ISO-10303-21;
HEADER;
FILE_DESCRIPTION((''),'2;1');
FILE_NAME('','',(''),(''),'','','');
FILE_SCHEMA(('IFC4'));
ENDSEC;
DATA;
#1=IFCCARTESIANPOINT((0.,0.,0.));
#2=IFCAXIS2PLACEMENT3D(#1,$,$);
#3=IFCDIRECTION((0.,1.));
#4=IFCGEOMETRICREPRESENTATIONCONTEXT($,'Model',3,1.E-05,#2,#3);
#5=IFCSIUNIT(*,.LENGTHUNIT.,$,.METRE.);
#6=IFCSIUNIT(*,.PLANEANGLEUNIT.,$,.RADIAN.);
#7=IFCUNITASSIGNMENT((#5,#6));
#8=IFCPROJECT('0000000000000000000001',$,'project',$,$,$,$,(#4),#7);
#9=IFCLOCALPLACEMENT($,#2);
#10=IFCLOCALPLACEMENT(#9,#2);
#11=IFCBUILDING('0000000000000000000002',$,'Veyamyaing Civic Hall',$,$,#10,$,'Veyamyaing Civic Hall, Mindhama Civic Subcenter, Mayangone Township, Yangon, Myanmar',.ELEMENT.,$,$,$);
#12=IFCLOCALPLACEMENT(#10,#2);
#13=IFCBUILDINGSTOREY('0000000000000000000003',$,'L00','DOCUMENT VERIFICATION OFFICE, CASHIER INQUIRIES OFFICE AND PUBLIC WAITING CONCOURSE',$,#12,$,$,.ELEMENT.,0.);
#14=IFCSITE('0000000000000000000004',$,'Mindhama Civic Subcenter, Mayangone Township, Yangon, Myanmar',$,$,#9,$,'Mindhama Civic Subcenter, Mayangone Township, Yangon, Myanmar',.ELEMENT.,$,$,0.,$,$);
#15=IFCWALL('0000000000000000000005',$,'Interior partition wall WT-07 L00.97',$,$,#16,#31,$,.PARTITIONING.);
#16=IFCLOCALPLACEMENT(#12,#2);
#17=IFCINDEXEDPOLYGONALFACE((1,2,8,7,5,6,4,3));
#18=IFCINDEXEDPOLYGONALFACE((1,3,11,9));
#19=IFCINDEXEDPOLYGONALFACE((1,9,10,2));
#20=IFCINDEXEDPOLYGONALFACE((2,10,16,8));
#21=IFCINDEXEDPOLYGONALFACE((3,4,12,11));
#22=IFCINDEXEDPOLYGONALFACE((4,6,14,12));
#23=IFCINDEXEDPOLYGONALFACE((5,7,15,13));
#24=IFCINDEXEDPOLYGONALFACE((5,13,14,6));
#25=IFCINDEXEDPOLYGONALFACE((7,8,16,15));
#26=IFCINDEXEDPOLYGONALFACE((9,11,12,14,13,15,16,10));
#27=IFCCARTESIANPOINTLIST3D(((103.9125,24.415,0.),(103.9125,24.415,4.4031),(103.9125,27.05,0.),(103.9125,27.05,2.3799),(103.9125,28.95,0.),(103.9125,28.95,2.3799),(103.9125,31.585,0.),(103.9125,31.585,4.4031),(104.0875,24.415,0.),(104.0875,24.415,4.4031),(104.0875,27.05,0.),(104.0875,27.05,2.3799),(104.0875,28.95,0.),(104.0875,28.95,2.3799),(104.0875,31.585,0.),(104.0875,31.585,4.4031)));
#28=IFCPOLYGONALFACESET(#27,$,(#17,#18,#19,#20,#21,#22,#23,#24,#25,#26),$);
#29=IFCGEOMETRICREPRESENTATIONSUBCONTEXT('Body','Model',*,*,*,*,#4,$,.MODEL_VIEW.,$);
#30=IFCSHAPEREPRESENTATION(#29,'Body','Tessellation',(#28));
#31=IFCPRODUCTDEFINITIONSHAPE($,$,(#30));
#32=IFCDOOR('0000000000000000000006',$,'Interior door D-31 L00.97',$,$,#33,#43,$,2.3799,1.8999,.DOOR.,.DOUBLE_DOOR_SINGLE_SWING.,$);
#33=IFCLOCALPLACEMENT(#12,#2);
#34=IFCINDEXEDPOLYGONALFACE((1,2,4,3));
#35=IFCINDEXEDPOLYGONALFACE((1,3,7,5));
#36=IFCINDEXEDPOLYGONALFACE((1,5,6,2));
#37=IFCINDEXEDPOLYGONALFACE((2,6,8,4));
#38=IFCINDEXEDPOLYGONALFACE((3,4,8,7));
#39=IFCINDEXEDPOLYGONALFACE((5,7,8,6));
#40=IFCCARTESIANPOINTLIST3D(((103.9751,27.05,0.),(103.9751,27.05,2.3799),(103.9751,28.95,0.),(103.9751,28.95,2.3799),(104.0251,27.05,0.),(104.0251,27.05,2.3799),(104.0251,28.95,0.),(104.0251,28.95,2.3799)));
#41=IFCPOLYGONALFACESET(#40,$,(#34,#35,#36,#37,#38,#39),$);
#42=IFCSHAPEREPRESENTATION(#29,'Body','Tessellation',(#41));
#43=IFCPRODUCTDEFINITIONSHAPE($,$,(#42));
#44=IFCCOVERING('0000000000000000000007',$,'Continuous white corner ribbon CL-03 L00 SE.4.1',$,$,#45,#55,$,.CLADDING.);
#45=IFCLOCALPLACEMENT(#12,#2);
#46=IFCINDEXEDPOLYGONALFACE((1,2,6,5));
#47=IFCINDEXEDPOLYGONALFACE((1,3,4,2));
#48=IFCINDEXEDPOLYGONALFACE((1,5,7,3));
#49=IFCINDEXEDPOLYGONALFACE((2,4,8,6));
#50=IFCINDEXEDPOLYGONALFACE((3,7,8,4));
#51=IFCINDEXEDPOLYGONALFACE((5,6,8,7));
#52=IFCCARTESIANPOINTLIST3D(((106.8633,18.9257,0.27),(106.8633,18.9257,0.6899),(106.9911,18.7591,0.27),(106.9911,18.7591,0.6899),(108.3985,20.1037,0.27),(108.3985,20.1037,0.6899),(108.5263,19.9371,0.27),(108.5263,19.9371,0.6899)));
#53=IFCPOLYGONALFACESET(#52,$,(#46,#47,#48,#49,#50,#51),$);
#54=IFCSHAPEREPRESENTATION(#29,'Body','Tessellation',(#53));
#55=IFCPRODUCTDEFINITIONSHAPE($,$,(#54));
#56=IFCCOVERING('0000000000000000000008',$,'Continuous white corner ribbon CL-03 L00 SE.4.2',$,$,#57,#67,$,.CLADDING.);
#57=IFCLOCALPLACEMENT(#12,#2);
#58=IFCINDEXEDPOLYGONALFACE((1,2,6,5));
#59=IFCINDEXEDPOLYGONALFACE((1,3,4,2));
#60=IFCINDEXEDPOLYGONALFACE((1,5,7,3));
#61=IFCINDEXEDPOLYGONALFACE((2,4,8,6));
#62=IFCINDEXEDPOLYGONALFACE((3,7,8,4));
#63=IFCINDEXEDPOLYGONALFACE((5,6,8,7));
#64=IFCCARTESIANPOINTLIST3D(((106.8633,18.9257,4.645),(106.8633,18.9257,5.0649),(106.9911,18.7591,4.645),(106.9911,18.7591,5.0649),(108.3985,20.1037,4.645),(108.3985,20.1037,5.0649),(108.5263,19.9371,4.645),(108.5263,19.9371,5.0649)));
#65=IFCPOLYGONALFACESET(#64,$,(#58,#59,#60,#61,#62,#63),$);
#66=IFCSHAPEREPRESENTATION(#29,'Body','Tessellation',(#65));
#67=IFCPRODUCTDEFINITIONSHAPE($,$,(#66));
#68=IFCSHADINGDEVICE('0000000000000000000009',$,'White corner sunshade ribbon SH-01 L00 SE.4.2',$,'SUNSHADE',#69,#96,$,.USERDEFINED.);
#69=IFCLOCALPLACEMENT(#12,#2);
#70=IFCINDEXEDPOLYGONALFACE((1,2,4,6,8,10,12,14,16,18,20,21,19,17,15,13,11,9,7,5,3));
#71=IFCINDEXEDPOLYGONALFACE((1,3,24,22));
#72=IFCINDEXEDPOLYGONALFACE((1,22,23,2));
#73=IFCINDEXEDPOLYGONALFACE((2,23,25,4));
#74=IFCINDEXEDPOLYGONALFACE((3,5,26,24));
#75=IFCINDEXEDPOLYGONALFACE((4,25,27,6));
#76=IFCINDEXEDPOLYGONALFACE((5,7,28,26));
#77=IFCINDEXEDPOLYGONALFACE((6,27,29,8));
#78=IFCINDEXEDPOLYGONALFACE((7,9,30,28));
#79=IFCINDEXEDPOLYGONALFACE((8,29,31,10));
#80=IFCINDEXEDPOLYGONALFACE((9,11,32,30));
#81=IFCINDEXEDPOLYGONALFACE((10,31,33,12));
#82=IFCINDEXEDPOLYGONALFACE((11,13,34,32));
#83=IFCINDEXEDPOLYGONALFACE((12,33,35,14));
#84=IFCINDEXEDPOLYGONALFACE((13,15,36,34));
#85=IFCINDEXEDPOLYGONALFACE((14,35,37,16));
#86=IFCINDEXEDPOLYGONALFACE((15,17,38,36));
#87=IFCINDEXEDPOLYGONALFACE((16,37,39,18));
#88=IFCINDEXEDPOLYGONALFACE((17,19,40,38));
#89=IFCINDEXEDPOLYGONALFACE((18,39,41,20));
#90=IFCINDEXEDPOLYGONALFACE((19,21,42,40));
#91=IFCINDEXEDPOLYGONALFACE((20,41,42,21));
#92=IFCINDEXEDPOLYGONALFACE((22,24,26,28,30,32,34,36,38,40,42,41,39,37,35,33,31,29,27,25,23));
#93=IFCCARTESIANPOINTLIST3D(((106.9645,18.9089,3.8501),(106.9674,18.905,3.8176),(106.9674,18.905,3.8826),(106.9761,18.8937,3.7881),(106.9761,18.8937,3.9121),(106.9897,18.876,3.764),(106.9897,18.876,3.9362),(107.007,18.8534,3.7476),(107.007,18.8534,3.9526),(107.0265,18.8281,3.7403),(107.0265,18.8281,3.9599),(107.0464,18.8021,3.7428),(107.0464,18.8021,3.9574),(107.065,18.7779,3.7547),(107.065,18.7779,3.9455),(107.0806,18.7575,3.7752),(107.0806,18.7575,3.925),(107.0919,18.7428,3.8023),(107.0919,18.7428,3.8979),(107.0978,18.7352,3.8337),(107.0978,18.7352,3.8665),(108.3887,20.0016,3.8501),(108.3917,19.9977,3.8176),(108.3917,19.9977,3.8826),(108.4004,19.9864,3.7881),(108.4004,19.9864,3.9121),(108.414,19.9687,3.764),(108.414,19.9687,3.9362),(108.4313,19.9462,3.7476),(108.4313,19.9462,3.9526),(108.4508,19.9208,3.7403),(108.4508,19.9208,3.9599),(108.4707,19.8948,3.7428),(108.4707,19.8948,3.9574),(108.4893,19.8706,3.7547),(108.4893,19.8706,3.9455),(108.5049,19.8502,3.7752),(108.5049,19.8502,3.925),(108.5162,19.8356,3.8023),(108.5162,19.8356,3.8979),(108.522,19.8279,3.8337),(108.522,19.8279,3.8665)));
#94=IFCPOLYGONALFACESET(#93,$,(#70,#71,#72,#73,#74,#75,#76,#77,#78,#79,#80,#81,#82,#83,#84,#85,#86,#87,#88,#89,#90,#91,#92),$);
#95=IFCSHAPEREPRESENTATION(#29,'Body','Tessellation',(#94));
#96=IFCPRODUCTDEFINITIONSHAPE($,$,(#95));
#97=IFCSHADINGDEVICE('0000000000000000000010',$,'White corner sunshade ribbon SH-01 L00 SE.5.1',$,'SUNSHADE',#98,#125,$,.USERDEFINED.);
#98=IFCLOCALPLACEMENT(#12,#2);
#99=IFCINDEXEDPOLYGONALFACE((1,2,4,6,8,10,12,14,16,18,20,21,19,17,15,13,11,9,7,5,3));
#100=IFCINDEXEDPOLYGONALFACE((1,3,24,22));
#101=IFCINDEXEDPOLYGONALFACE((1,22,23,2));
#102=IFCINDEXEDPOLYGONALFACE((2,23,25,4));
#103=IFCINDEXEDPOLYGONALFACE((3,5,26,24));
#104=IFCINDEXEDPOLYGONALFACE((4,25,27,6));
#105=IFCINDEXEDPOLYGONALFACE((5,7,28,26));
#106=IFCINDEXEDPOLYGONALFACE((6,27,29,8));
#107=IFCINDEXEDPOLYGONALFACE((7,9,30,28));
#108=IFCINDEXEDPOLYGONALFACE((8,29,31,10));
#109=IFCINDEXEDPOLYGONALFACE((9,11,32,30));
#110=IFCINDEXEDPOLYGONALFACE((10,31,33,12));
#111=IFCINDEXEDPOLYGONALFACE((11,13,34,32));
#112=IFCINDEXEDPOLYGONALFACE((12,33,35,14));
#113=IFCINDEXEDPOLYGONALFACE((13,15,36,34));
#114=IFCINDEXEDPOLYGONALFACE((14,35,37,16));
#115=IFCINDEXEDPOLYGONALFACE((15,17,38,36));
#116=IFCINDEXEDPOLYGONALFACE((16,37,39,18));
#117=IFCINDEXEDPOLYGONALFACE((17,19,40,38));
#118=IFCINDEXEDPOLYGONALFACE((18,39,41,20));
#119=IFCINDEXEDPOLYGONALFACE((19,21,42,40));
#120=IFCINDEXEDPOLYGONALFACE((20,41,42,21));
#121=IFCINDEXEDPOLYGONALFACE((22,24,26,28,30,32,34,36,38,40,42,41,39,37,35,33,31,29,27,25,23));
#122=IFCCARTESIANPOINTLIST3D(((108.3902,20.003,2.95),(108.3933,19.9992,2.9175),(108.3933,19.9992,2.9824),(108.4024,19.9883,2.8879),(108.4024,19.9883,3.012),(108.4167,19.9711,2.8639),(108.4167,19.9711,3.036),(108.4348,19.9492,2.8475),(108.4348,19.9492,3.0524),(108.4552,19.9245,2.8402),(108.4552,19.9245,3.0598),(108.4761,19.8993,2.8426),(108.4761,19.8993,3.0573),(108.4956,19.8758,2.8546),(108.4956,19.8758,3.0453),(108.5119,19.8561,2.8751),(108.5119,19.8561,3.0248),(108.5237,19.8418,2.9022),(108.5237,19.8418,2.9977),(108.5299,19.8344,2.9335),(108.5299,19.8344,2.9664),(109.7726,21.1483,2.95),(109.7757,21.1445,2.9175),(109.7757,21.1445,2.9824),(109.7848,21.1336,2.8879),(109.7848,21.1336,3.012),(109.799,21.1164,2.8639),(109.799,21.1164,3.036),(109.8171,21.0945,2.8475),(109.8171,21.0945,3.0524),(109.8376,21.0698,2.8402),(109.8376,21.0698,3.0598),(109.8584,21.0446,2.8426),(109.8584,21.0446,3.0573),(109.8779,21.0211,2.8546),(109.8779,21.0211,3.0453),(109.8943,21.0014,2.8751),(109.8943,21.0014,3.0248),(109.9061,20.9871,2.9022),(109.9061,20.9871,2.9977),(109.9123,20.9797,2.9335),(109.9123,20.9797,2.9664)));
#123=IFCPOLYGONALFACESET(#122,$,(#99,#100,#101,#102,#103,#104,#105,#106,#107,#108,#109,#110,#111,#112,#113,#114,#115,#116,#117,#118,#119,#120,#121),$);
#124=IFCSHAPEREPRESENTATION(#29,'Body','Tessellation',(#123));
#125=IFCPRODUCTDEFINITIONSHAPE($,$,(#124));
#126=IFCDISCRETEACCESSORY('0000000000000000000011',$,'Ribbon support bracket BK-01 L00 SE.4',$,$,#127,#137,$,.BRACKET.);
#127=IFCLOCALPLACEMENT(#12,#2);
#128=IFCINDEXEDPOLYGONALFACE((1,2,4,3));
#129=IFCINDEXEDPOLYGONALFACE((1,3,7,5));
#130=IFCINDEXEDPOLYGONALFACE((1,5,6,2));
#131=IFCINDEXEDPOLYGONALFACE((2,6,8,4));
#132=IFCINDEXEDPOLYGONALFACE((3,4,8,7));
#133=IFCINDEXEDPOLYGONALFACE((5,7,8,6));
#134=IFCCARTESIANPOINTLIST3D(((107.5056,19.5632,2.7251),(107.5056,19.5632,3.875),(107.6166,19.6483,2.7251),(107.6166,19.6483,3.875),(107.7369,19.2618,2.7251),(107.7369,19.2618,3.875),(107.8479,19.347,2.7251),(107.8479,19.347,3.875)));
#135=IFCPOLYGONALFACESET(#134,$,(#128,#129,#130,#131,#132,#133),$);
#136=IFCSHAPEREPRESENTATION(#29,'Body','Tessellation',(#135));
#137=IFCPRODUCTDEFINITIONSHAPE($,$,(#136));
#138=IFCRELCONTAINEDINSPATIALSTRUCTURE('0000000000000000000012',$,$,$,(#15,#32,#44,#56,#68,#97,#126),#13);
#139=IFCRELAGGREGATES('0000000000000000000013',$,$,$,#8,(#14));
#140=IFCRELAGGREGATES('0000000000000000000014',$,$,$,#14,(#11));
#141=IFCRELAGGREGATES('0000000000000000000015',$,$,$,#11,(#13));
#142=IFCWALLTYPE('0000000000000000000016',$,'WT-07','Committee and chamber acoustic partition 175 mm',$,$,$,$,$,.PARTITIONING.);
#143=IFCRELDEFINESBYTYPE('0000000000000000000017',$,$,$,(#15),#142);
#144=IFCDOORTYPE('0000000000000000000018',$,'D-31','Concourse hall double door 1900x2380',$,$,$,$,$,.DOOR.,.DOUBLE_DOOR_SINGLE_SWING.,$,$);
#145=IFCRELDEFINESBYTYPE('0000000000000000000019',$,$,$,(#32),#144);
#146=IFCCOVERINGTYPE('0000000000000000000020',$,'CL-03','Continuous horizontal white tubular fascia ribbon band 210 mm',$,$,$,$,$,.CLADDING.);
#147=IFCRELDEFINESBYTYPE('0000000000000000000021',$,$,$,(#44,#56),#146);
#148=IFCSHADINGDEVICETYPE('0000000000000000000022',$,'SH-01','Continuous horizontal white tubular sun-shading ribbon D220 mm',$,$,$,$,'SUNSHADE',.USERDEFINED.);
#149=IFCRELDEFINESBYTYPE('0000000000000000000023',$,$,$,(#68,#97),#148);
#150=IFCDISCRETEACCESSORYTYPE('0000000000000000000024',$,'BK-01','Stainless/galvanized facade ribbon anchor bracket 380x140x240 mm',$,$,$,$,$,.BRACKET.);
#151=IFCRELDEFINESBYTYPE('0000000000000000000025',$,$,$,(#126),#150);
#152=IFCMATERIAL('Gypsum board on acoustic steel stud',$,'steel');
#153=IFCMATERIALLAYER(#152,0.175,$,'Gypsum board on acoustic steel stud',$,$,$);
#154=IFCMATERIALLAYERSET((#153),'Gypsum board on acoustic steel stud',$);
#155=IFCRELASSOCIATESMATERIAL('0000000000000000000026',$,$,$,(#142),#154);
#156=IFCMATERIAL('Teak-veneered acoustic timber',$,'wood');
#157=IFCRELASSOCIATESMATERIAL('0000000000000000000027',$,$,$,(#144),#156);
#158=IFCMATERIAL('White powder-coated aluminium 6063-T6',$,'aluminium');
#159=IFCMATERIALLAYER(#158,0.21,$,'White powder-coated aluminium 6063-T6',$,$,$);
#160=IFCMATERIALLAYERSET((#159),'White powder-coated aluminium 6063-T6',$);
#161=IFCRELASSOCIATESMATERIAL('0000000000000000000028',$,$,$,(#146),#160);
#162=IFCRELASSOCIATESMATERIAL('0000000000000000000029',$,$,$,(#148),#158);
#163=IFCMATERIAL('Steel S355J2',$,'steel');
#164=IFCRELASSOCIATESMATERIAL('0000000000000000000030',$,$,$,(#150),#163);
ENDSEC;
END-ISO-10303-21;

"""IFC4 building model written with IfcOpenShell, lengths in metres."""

from ifc_helpers import new_model, si_unit, direction, frame, frame_2d, origin, origin_2d, place, context, subcontext, project, spatial, rectangle, circle, extrude, material, layer, layer_set, material_profile, profile_set, type_object, element, fill, save


model = new_model("IFC4")

# Units and contexts
model_context = context("Model", 3, precision=1e-05, world=origin(), true_north=direction((0.0, 1.0)))
body_context = subcontext(model_context, "Body", "Model", "MODEL_VIEW")
ifc_project = project(units=[si_unit("LENGTHUNIT", "METRE"), si_unit("PLANEANGLEUNIT", "RADIAN")], contexts=[model_context])

# Site, building, storey
site_placement = place(None, origin())
site = spatial("IfcSite", under=ifc_project, at=site_placement, Name="Mindhama Civic Subcenter, Mayangone Township, Yangon, Myanmar", LongName="Mindhama Civic Subcenter, Mayangone Township, Yangon, Myanmar", CompositionType="ELEMENT", RefElevation=0.0)
building_placement = place(site_placement, origin())
building = spatial("IfcBuilding", under=site, at=building_placement, Name="Veyamyaing Civic Hall", LongName="Veyamyaing Civic Hall, Mindhama Civic Subcenter, Mayangone Township, Yangon, Myanmar", CompositionType="ELEMENT")
storey_placement = place(building_placement, origin())
storey = spatial("IfcBuildingStorey", under=building, at=storey_placement, Name="L00", Description="DOCUMENT VERIFICATION OFFICE, CASHIER INQUIRIES OFFICE AND PUBLIC WAITING CONCOURSE", CompositionType="ELEMENT", Elevation=0.0)

# Shared definitions
ifc_material_1 = material(Name="Gypsum board on acoustic steel stud", Category="steel")
ifc_layer_1 = layer(ifc_material_1, 0.175, Name="Gypsum board on acoustic steel stud")
ifc_layer_set_1 = layer_set([ifc_layer_1], Name="Gypsum board on acoustic steel stud")
wall_type_1 = type_object("IfcWallType", Name="WT-07", Description="Committee and chamber acoustic partition 175 mm", PredefinedType="PARTITIONING", material=ifc_layer_set_1)
ifc_material_2 = material(Name="Teak-veneered acoustic timber", Category="wood")

# Wall, opening, door
wall_1_placement = place(storey_placement, frame((104.0, 24.415, 0.0), z_axis=(0.0, 0.0, 1.0), x_axis=(0.0, 1.0, 0.0)))
wall_1 = element("IfcWall", 1, at=wall_1_placement, inside=storey, type_object=wall_type_1, Name="Interior partition wall WT-07 L00.97", PredefinedType="PARTITIONING", context=body_context, shape_type="SweptSolid", body=[
    extrude(rectangle(XDim=7.1699, YDim=0.175, at=frame_2d((3.585, 0.0))), origin(), (0.0, 0.0, 1.0), 4.4031),
])
opening_1_placement = place(wall_1_placement, frame((2.635, 0.0, 0.0)))
opening_1 = element("IfcOpeningElement", 2, at=opening_1_placement, cuts=wall_1, PredefinedType="OPENING", context=body_context, shape_type="SweptSolid", body=[
    extrude(rectangle(XDim=1.8999, YDim=2.3799, at=frame_2d((0.95, 1.1899))), frame((0.0, 0.0974, 0.0), z_axis=(0.0, -1.0, 0.0), x_axis=(1.0, 0.0, 0.0)), (0.0, 0.0, 1.0), 0.1951),
])
door_type_1 = type_object("IfcDoorType", Name="D-31", Description="Concourse hall double door 1900x2380", OperationType="DOUBLE_DOOR_SINGLE_SWING", PredefinedType="DOOR", material=ifc_material_2)
door_1_placement = place(opening_1_placement, origin())
door_1 = element("IfcDoor", 3, at=door_1_placement, inside=storey, type_object=door_type_1, Name="Interior door D-31 L00.97", OperationType="DOUBLE_DOOR_SINGLE_SWING", OverallHeight=2.3799, OverallWidth=1.8999, PredefinedType="DOOR", context=body_context, shape_type="SweptSolid", body=[
    extrude(rectangle(XDim=1.8999, YDim=2.3799, at=frame_2d((0.95, 1.1899))), frame((0.0, 0.0249, 0.0), z_axis=(0.0, -1.0, 0.0), x_axis=(1.0, 0.0, 0.0)), (0.0, 0.0, 1.0), 0.05),
])
fill(opening_1, door_1)

# Coverings
ifc_material_3 = material(Name="White powder-coated aluminium 6063-T6", Category="aluminium")
ifc_layer_2 = layer(ifc_material_3, 0.21, Name="White powder-coated aluminium 6063-T6")
ifc_layer_set_2 = layer_set([ifc_layer_2], Name="White powder-coated aluminium 6063-T6")
covering_type = type_object("IfcCoveringType", Name="CL-03", Description="Continuous horizontal white tubular fascia ribbon band 210 mm", PredefinedType="CLADDING", material=ifc_layer_set_2)
for number, where, z_axis, x_axis, name in (
    (4, (107.6948, 19.4314, 0.27), (0.0, 0.0, 1.0), (0.793353, 0.608761, 0.0), "Continuous white corner ribbon CL-03 L00 SE.4.1"),
    (5, (107.6948, 19.4314, 4.645), (0.0, 0.0, 1.0), (0.793353, 0.608761, 0.0), "Continuous white corner ribbon CL-03 L00 SE.4.2"),
):
    element("IfcCovering", number, at=place(storey_placement, frame(where, z_axis=z_axis, x_axis=x_axis)), inside=storey, type_object=covering_type, Name=name, PredefinedType="CLADDING", context=body_context, shape_type="SweptSolid", body=[
        extrude(rectangle(XDim=1.9351, YDim=0.21, at=origin_2d()), origin(), (0.0, 0.0, 1.0), 0.4199),
    ])

# Shading devices
ifc_material_profile_1 = material_profile(ifc_material_3, circle(Radius=0.1101, at=origin_2d()), Name="SHADE-TUBE-220")
ifc_profile_set_1 = profile_set([ifc_material_profile_1], Name="White powder-coated aluminium 6063-T6")
shading_device_type = type_object("IfcShadingDeviceType", Name="SH-01", Description="Continuous horizontal white tubular sun-shading ribbon D220 mm", ElementType="SUNSHADE", PredefinedType="USERDEFINED", material=ifc_profile_set_1)
for number, where, z_axis, x_axis, name in (
    (6, (107.0315, 18.8215, 3.8501), (0.793392, 0.608711, 0.0), (-0.608711, 0.793392, 0.0), "White corner sunshade ribbon SH-01 L00 SE.4.2"),
    (7, (108.4604, 19.9182, 2.95), (0.770046, 0.637988, 0.0), (-0.637988, 0.770046, 0.0), "White corner sunshade ribbon SH-01 L00 SE.5.1"),
):
    element("IfcShadingDevice", number, at=place(storey_placement, frame(where, z_axis=z_axis, x_axis=x_axis)), inside=storey, type_object=shading_device_type, Name=name, ObjectType="SUNSHADE", PredefinedType="USERDEFINED", context=body_context, shape_type="SweptSolid", body=[
        extrude(circle(Radius=0.1101, at=origin_2d()), origin(), (0.0, 0.0, 1.0), 1.7952),
    ])

# Discrete accessory
ifc_material_4 = material(Name="Steel S355J2", Category="steel")
discrete_accessory_type = type_object("IfcDiscreteAccessoryType", Name="BK-01", Description="Stainless/galvanized facade ribbon anchor bracket 380x140x240 mm", PredefinedType="BRACKET", material=ifc_material_4)
discrete_accessory_placement = place(storey_placement, frame((107.6768, 19.4551, 2.7251), z_axis=(0.0, 0.0, 1.0), x_axis=(0.608761, -0.793353, 0.0)))
element("IfcDiscreteAccessory", 8, at=discrete_accessory_placement, inside=storey, type_object=discrete_accessory_type, Name="Ribbon support bracket BK-01 L00 SE.4", PredefinedType="BRACKET", context=body_context, shape_type="SweptSolid", body=[
    extrude(rectangle(XDim=0.3799, YDim=0.1399, at=origin_2d()), origin(), (0.0, 0.0, 1.0), 1.1499),
])

save(model, "model.ifc")
